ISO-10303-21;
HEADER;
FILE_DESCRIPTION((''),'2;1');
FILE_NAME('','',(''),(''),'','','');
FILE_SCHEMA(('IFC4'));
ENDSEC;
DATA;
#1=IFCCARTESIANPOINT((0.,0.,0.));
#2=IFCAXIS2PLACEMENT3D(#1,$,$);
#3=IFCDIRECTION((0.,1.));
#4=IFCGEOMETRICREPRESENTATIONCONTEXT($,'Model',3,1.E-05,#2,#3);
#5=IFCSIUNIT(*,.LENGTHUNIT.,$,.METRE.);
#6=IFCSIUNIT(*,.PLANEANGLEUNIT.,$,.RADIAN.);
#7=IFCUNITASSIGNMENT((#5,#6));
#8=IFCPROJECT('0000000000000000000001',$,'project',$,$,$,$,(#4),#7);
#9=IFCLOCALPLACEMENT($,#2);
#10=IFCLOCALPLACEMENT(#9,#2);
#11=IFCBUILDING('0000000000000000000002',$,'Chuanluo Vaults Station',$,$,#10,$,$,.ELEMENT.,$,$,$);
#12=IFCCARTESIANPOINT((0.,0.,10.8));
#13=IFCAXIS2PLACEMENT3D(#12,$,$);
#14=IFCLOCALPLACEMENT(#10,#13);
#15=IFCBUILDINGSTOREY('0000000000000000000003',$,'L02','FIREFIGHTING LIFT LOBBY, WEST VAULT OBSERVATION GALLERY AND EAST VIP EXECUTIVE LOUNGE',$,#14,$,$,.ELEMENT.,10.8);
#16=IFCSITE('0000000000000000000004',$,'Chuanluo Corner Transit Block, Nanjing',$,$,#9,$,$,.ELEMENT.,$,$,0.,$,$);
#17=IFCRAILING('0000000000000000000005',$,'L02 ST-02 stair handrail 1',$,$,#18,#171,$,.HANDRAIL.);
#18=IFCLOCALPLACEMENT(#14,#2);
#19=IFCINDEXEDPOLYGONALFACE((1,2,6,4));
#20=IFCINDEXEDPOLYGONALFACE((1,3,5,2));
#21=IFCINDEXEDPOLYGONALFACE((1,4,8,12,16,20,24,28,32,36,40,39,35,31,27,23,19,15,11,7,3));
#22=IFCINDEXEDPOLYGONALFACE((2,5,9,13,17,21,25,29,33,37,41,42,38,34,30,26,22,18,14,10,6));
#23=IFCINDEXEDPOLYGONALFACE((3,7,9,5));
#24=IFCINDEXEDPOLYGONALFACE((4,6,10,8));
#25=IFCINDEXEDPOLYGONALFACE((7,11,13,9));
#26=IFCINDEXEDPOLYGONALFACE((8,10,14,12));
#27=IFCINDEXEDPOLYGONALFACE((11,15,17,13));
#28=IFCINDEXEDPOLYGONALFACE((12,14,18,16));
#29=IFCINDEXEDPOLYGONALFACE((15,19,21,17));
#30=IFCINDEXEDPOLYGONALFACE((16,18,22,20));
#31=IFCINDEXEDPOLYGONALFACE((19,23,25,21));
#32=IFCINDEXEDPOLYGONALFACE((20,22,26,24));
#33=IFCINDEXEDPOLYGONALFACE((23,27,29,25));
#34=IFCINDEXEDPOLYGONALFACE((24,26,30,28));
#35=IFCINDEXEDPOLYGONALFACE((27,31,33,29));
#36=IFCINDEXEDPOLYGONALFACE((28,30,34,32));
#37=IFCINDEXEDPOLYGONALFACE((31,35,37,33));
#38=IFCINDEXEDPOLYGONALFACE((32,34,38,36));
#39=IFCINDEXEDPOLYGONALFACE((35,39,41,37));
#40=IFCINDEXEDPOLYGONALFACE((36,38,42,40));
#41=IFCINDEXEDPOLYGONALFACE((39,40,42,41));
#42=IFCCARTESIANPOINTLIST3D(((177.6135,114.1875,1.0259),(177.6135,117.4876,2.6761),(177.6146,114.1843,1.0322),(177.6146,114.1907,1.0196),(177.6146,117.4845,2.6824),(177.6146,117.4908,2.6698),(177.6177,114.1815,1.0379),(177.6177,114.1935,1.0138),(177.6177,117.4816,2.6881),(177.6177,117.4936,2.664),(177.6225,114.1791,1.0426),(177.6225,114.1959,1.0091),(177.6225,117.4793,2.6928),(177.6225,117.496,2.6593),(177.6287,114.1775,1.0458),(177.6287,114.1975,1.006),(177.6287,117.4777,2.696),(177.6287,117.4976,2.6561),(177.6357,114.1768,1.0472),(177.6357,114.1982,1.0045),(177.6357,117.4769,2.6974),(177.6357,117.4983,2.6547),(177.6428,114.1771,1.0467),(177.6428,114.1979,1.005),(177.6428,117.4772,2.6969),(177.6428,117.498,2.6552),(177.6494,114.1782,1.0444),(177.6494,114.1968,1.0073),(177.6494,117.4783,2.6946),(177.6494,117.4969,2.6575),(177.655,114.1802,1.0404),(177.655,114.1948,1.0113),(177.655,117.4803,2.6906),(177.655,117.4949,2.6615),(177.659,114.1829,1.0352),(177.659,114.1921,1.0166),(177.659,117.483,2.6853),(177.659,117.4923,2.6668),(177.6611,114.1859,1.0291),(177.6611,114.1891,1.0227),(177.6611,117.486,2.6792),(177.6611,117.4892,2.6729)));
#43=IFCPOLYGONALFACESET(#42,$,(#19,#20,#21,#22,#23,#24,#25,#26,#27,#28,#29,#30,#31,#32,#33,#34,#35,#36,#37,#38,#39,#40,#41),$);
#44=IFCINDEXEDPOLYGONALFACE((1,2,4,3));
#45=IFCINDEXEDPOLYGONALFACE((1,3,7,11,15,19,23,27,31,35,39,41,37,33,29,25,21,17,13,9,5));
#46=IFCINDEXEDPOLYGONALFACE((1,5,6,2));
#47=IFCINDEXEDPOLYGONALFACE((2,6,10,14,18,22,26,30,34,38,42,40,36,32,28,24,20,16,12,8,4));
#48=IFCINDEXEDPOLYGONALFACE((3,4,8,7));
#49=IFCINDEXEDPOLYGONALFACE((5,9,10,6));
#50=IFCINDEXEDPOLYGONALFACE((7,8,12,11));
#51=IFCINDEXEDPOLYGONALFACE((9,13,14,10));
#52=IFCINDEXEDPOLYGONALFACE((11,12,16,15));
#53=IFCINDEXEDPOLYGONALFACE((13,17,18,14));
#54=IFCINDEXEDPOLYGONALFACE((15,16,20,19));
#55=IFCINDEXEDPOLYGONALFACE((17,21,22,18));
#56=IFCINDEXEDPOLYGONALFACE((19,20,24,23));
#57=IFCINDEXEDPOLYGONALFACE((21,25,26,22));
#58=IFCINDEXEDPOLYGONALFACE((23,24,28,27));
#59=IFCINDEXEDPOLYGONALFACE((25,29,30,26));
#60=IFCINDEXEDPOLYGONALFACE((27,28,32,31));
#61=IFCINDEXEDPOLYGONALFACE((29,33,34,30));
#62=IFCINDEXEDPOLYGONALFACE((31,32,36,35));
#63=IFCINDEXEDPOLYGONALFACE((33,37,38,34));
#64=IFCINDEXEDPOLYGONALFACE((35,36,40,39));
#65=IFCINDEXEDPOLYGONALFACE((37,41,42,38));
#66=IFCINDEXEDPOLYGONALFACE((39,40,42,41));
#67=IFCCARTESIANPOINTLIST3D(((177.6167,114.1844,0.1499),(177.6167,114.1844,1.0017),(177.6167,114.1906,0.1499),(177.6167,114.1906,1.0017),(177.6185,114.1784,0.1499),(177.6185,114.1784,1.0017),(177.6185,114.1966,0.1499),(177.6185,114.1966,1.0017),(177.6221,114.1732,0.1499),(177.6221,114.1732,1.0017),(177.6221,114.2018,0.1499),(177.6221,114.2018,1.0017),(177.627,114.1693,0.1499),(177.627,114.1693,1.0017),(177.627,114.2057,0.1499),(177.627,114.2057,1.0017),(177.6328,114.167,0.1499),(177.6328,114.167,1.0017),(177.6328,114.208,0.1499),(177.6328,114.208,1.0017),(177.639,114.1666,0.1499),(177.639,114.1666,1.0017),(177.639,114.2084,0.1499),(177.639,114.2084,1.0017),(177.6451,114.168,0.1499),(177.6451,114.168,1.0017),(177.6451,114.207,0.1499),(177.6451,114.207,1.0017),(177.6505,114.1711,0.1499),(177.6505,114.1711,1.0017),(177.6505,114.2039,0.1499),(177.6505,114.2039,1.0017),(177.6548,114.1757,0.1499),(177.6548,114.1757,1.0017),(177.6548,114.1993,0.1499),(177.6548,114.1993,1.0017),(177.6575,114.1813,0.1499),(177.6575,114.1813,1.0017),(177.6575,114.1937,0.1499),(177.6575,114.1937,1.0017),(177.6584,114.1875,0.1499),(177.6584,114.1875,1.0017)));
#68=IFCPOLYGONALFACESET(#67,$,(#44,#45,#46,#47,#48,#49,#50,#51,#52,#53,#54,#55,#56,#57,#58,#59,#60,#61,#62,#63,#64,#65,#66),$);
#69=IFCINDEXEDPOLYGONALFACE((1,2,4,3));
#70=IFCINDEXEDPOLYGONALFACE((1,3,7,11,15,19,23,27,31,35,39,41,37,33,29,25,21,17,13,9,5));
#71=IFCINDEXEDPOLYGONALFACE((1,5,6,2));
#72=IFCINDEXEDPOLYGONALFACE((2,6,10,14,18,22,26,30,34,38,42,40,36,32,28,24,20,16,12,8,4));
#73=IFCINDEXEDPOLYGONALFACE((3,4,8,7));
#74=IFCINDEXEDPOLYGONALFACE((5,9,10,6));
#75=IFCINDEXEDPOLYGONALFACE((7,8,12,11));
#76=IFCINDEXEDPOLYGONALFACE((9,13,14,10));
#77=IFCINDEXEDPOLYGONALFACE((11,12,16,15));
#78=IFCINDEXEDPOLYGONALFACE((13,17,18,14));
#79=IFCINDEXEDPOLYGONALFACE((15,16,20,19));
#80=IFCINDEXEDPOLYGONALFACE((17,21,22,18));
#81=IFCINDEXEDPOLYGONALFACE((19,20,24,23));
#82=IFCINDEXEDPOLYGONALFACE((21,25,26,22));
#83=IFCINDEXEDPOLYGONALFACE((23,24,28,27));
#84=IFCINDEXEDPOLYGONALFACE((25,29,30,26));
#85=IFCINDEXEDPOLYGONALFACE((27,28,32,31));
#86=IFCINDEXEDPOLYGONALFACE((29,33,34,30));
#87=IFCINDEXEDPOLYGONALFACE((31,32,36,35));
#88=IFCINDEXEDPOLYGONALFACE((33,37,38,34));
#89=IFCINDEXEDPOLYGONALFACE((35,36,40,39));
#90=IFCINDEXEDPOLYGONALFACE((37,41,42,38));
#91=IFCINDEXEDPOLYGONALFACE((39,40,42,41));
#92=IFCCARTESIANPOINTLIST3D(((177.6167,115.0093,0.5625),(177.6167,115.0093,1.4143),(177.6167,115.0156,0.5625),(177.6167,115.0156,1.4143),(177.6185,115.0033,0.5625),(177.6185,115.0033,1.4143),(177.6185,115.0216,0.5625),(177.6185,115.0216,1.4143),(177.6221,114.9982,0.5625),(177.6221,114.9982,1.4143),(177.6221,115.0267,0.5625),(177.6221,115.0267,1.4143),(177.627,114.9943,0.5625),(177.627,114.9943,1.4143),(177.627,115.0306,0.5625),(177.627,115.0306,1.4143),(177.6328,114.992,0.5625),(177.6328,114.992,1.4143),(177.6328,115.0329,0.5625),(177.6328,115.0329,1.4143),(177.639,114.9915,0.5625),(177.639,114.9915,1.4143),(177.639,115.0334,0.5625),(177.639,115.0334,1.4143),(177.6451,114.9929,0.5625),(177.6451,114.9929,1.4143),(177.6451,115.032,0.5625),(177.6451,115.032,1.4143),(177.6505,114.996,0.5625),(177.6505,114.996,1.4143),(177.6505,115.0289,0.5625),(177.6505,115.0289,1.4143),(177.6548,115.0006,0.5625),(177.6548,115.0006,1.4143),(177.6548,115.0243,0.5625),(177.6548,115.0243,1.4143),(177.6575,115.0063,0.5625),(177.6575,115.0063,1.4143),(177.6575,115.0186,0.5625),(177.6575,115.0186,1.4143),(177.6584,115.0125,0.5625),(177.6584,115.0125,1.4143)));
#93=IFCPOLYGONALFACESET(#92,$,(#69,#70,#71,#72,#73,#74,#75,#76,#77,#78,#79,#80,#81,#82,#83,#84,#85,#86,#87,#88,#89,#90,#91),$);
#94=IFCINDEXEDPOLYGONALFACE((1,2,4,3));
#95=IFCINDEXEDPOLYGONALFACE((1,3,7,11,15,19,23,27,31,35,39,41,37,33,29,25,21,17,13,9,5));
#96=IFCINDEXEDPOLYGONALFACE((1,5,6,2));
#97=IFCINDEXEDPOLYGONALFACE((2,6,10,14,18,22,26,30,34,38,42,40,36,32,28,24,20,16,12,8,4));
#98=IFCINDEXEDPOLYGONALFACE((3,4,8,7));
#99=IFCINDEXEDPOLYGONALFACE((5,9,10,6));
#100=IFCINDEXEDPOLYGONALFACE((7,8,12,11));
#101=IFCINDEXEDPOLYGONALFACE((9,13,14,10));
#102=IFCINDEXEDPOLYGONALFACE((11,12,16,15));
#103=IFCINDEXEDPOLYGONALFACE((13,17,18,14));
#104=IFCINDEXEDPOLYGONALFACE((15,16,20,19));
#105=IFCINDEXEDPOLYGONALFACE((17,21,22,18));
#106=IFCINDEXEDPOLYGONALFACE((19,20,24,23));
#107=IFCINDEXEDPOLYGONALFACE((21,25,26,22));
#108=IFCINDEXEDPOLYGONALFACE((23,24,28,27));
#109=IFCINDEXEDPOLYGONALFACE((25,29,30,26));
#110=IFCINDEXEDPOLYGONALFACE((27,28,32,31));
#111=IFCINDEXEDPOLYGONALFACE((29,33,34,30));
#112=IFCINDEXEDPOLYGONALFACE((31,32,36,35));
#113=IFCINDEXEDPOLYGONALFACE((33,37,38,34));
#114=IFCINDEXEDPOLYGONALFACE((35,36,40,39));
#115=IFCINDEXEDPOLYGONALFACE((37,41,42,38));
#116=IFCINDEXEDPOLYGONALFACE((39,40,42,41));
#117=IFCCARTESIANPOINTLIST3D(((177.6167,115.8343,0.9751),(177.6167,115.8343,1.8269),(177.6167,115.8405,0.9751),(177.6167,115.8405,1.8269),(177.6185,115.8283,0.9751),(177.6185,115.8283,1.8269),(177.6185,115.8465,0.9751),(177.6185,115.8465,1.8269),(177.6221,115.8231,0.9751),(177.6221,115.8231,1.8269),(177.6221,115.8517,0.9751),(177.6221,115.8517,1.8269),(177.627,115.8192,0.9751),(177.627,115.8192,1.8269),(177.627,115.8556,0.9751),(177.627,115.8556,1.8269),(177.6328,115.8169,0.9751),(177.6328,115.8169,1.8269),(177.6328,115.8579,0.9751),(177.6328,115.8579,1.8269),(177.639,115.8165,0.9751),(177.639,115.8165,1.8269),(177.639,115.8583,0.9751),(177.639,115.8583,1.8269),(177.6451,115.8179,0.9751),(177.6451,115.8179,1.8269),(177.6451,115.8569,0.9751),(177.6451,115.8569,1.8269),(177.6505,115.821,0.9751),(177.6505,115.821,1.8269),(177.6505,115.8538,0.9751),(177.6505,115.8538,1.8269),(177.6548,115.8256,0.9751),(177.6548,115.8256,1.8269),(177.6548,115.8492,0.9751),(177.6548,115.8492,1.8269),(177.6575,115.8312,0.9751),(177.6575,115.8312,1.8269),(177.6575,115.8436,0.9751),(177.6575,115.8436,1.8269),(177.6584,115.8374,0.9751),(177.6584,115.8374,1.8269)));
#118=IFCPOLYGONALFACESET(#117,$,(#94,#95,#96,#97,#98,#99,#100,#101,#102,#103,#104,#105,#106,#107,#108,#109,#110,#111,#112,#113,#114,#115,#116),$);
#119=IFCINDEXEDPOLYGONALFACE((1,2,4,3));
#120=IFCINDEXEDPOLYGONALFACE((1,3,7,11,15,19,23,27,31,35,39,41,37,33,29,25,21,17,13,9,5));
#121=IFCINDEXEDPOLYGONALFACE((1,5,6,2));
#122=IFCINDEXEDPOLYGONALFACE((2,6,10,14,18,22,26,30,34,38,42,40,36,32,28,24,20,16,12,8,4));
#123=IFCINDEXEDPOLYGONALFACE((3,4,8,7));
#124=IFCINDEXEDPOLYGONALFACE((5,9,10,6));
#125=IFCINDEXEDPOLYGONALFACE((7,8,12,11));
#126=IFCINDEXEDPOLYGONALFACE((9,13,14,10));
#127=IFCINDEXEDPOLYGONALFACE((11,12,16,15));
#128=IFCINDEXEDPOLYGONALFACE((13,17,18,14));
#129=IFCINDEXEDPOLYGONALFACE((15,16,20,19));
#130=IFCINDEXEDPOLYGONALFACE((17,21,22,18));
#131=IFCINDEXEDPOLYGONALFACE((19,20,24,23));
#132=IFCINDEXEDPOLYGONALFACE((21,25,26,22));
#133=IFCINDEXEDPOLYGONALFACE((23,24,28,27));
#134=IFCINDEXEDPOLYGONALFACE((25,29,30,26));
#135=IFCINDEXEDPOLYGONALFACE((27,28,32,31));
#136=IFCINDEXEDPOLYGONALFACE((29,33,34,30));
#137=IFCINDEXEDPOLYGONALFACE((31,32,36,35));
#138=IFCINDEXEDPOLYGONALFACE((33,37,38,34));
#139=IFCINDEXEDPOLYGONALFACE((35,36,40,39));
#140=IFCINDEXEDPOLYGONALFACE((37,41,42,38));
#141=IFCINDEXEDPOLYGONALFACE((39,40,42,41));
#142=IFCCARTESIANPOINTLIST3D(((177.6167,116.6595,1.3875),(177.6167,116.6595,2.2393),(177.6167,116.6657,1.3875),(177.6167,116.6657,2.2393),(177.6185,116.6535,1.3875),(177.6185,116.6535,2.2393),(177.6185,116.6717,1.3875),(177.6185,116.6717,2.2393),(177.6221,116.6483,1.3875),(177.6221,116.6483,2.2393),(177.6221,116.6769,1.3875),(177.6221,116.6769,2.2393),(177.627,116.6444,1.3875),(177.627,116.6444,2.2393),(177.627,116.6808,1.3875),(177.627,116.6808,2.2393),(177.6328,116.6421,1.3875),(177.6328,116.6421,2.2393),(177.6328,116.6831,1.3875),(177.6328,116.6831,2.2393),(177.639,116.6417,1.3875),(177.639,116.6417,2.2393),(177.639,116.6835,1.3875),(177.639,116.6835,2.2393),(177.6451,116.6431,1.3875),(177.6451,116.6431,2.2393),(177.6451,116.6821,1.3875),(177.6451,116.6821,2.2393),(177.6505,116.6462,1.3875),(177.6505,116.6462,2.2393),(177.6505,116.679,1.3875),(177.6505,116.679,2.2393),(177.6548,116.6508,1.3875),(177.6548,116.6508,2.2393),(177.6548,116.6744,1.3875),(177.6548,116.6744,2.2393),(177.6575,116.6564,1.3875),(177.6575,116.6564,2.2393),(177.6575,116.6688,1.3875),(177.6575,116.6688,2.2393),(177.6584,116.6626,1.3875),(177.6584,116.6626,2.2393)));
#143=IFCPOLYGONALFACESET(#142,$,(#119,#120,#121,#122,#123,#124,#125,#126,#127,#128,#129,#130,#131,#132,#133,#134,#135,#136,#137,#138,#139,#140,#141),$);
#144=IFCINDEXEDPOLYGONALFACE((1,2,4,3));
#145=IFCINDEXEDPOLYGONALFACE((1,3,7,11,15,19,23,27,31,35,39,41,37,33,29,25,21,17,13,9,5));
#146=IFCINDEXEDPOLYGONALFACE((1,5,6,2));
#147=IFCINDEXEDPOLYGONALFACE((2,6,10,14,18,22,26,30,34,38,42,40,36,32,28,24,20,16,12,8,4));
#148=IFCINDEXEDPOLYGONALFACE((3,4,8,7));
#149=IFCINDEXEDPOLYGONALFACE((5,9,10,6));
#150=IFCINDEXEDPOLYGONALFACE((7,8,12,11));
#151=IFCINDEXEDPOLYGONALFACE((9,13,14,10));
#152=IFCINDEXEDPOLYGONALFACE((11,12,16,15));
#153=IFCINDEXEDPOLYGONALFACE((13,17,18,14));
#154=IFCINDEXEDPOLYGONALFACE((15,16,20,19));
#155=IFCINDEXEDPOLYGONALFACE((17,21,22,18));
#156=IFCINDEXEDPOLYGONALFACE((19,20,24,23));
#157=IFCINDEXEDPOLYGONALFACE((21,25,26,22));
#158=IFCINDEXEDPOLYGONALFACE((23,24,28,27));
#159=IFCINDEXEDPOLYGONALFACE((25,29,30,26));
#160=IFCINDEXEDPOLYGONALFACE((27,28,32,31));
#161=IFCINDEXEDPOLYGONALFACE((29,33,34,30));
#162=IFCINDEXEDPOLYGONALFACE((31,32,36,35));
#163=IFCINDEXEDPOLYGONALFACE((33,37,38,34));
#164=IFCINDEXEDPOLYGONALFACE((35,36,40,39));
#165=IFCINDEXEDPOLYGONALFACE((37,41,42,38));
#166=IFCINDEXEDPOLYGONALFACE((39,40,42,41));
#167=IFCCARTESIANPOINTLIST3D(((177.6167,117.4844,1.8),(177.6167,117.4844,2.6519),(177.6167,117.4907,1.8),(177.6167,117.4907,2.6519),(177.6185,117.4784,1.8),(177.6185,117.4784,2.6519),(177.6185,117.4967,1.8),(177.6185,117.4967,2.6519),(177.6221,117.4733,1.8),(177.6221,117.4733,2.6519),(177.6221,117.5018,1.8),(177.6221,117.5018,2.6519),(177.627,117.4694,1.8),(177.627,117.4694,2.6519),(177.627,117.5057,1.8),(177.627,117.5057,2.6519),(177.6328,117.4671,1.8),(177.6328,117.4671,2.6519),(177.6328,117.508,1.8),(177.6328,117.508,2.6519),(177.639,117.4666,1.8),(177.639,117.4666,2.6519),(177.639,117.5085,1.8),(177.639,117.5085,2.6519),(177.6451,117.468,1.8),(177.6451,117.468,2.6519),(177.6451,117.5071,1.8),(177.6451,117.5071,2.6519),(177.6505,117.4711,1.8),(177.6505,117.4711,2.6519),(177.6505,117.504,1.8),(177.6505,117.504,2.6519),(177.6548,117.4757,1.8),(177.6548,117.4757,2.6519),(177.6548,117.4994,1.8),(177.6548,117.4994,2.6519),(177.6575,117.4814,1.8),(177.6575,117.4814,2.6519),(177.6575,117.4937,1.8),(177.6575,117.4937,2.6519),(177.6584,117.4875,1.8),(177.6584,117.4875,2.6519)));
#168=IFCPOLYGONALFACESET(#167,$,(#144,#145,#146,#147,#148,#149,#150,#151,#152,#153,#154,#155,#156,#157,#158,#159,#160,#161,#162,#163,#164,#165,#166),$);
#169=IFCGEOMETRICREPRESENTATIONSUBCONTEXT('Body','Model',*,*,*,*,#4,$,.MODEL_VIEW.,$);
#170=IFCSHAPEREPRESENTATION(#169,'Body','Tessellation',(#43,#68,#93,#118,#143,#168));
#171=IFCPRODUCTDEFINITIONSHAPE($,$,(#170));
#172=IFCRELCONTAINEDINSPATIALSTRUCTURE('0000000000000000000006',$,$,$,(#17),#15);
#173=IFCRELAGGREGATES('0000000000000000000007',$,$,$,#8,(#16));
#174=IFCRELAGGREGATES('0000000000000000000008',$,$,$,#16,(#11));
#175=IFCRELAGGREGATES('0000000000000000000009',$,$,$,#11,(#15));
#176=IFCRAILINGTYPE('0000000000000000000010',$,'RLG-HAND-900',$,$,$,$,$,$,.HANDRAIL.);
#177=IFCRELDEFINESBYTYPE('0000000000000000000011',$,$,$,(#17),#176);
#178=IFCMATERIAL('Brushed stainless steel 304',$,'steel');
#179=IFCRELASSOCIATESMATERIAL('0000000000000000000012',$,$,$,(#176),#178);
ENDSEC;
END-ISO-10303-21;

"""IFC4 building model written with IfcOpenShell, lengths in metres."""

from ifc_helpers import new_model, si_unit, direction, frame, origin, origin_2d, place, context, subcontext, project, spatial, circle, extrude, material, type_object, element, save


model = new_model("IFC4")

# Units and contexts
model_context = context("Model", 3, precision=1e-05, world=origin(), true_north=direction((0.0, 1.0)))
body_context = subcontext(model_context, "Body", "Model", "MODEL_VIEW")
ifc_project = project(units=[si_unit("LENGTHUNIT", "METRE"), si_unit("PLANEANGLEUNIT", "RADIAN")], contexts=[model_context])

# Site, building, storey
site_placement = place(None, origin())
site = spatial("IfcSite", under=ifc_project, at=site_placement, Name="Chuanluo Corner Transit Block, Nanjing", CompositionType="ELEMENT", RefElevation=0.0)
building_placement = place(site_placement, origin())
building = spatial("IfcBuilding", under=site, at=building_placement, Name="Chuanluo Vaults Station", CompositionType="ELEMENT")
storey_placement = place(building_placement, frame((0.0, 0.0, 10.8)))
storey = spatial("IfcBuildingStorey", under=building, at=storey_placement, Name="L02", Description="FIREFIGHTING LIFT LOBBY, WEST VAULT OBSERVATION GALLERY AND EAST VIP EXECUTIVE LOUNGE", CompositionType="ELEMENT", Elevation=10.8)

# Railing
ifc_material_1 = material(Name="Brushed stainless steel 304", Category="steel")
railing_type_1 = type_object("IfcRailingType", Name="RLG-HAND-900", PredefinedType="HANDRAIL", material=ifc_material_1)
railing_1_placement = place(storey_placement, frame((177.6375, 114.1875, 0.1499)))
element("IfcRailing", 1, at=railing_1_placement, inside=storey, type_object=railing_type_1, Name="L02 ST-02 stair handrail 1", PredefinedType="HANDRAIL", context=body_context, shape_type="SweptSolid", body=[
    extrude(circle(Radius=0.0239, at=origin_2d()), frame((0.0, 0.0, 0.876), z_axis=(0.0, 0.894414, 0.44724), x_axis=(-1.0, 0.0, 0.0)), (0.0, 0.0, 1.0), 3.6897),
    extrude(circle(Radius=0.021, at=origin_2d()), origin(), (0.0, 0.0, 1.0), 0.8518),
    extrude(circle(Radius=0.021, at=origin_2d()), frame((0.0, 0.825, 0.4126)), (0.0, 0.0, 1.0), 0.8518),
    extrude(circle(Radius=0.021, at=origin_2d()), frame((0.0, 1.6499, 0.8252)), (0.0, 0.0, 1.0), 0.8518),
    extrude(circle(Radius=0.021, at=origin_2d()), frame((0.0, 2.4751, 1.2375)), (0.0, 0.0, 1.0), 0.8518),
    extrude(circle(Radius=0.021, at=origin_2d()), frame((0.0, 3.3, 1.6501)), (0.0, 0.0, 1.0), 0.8518),
])

save(model, "model.ifc")
